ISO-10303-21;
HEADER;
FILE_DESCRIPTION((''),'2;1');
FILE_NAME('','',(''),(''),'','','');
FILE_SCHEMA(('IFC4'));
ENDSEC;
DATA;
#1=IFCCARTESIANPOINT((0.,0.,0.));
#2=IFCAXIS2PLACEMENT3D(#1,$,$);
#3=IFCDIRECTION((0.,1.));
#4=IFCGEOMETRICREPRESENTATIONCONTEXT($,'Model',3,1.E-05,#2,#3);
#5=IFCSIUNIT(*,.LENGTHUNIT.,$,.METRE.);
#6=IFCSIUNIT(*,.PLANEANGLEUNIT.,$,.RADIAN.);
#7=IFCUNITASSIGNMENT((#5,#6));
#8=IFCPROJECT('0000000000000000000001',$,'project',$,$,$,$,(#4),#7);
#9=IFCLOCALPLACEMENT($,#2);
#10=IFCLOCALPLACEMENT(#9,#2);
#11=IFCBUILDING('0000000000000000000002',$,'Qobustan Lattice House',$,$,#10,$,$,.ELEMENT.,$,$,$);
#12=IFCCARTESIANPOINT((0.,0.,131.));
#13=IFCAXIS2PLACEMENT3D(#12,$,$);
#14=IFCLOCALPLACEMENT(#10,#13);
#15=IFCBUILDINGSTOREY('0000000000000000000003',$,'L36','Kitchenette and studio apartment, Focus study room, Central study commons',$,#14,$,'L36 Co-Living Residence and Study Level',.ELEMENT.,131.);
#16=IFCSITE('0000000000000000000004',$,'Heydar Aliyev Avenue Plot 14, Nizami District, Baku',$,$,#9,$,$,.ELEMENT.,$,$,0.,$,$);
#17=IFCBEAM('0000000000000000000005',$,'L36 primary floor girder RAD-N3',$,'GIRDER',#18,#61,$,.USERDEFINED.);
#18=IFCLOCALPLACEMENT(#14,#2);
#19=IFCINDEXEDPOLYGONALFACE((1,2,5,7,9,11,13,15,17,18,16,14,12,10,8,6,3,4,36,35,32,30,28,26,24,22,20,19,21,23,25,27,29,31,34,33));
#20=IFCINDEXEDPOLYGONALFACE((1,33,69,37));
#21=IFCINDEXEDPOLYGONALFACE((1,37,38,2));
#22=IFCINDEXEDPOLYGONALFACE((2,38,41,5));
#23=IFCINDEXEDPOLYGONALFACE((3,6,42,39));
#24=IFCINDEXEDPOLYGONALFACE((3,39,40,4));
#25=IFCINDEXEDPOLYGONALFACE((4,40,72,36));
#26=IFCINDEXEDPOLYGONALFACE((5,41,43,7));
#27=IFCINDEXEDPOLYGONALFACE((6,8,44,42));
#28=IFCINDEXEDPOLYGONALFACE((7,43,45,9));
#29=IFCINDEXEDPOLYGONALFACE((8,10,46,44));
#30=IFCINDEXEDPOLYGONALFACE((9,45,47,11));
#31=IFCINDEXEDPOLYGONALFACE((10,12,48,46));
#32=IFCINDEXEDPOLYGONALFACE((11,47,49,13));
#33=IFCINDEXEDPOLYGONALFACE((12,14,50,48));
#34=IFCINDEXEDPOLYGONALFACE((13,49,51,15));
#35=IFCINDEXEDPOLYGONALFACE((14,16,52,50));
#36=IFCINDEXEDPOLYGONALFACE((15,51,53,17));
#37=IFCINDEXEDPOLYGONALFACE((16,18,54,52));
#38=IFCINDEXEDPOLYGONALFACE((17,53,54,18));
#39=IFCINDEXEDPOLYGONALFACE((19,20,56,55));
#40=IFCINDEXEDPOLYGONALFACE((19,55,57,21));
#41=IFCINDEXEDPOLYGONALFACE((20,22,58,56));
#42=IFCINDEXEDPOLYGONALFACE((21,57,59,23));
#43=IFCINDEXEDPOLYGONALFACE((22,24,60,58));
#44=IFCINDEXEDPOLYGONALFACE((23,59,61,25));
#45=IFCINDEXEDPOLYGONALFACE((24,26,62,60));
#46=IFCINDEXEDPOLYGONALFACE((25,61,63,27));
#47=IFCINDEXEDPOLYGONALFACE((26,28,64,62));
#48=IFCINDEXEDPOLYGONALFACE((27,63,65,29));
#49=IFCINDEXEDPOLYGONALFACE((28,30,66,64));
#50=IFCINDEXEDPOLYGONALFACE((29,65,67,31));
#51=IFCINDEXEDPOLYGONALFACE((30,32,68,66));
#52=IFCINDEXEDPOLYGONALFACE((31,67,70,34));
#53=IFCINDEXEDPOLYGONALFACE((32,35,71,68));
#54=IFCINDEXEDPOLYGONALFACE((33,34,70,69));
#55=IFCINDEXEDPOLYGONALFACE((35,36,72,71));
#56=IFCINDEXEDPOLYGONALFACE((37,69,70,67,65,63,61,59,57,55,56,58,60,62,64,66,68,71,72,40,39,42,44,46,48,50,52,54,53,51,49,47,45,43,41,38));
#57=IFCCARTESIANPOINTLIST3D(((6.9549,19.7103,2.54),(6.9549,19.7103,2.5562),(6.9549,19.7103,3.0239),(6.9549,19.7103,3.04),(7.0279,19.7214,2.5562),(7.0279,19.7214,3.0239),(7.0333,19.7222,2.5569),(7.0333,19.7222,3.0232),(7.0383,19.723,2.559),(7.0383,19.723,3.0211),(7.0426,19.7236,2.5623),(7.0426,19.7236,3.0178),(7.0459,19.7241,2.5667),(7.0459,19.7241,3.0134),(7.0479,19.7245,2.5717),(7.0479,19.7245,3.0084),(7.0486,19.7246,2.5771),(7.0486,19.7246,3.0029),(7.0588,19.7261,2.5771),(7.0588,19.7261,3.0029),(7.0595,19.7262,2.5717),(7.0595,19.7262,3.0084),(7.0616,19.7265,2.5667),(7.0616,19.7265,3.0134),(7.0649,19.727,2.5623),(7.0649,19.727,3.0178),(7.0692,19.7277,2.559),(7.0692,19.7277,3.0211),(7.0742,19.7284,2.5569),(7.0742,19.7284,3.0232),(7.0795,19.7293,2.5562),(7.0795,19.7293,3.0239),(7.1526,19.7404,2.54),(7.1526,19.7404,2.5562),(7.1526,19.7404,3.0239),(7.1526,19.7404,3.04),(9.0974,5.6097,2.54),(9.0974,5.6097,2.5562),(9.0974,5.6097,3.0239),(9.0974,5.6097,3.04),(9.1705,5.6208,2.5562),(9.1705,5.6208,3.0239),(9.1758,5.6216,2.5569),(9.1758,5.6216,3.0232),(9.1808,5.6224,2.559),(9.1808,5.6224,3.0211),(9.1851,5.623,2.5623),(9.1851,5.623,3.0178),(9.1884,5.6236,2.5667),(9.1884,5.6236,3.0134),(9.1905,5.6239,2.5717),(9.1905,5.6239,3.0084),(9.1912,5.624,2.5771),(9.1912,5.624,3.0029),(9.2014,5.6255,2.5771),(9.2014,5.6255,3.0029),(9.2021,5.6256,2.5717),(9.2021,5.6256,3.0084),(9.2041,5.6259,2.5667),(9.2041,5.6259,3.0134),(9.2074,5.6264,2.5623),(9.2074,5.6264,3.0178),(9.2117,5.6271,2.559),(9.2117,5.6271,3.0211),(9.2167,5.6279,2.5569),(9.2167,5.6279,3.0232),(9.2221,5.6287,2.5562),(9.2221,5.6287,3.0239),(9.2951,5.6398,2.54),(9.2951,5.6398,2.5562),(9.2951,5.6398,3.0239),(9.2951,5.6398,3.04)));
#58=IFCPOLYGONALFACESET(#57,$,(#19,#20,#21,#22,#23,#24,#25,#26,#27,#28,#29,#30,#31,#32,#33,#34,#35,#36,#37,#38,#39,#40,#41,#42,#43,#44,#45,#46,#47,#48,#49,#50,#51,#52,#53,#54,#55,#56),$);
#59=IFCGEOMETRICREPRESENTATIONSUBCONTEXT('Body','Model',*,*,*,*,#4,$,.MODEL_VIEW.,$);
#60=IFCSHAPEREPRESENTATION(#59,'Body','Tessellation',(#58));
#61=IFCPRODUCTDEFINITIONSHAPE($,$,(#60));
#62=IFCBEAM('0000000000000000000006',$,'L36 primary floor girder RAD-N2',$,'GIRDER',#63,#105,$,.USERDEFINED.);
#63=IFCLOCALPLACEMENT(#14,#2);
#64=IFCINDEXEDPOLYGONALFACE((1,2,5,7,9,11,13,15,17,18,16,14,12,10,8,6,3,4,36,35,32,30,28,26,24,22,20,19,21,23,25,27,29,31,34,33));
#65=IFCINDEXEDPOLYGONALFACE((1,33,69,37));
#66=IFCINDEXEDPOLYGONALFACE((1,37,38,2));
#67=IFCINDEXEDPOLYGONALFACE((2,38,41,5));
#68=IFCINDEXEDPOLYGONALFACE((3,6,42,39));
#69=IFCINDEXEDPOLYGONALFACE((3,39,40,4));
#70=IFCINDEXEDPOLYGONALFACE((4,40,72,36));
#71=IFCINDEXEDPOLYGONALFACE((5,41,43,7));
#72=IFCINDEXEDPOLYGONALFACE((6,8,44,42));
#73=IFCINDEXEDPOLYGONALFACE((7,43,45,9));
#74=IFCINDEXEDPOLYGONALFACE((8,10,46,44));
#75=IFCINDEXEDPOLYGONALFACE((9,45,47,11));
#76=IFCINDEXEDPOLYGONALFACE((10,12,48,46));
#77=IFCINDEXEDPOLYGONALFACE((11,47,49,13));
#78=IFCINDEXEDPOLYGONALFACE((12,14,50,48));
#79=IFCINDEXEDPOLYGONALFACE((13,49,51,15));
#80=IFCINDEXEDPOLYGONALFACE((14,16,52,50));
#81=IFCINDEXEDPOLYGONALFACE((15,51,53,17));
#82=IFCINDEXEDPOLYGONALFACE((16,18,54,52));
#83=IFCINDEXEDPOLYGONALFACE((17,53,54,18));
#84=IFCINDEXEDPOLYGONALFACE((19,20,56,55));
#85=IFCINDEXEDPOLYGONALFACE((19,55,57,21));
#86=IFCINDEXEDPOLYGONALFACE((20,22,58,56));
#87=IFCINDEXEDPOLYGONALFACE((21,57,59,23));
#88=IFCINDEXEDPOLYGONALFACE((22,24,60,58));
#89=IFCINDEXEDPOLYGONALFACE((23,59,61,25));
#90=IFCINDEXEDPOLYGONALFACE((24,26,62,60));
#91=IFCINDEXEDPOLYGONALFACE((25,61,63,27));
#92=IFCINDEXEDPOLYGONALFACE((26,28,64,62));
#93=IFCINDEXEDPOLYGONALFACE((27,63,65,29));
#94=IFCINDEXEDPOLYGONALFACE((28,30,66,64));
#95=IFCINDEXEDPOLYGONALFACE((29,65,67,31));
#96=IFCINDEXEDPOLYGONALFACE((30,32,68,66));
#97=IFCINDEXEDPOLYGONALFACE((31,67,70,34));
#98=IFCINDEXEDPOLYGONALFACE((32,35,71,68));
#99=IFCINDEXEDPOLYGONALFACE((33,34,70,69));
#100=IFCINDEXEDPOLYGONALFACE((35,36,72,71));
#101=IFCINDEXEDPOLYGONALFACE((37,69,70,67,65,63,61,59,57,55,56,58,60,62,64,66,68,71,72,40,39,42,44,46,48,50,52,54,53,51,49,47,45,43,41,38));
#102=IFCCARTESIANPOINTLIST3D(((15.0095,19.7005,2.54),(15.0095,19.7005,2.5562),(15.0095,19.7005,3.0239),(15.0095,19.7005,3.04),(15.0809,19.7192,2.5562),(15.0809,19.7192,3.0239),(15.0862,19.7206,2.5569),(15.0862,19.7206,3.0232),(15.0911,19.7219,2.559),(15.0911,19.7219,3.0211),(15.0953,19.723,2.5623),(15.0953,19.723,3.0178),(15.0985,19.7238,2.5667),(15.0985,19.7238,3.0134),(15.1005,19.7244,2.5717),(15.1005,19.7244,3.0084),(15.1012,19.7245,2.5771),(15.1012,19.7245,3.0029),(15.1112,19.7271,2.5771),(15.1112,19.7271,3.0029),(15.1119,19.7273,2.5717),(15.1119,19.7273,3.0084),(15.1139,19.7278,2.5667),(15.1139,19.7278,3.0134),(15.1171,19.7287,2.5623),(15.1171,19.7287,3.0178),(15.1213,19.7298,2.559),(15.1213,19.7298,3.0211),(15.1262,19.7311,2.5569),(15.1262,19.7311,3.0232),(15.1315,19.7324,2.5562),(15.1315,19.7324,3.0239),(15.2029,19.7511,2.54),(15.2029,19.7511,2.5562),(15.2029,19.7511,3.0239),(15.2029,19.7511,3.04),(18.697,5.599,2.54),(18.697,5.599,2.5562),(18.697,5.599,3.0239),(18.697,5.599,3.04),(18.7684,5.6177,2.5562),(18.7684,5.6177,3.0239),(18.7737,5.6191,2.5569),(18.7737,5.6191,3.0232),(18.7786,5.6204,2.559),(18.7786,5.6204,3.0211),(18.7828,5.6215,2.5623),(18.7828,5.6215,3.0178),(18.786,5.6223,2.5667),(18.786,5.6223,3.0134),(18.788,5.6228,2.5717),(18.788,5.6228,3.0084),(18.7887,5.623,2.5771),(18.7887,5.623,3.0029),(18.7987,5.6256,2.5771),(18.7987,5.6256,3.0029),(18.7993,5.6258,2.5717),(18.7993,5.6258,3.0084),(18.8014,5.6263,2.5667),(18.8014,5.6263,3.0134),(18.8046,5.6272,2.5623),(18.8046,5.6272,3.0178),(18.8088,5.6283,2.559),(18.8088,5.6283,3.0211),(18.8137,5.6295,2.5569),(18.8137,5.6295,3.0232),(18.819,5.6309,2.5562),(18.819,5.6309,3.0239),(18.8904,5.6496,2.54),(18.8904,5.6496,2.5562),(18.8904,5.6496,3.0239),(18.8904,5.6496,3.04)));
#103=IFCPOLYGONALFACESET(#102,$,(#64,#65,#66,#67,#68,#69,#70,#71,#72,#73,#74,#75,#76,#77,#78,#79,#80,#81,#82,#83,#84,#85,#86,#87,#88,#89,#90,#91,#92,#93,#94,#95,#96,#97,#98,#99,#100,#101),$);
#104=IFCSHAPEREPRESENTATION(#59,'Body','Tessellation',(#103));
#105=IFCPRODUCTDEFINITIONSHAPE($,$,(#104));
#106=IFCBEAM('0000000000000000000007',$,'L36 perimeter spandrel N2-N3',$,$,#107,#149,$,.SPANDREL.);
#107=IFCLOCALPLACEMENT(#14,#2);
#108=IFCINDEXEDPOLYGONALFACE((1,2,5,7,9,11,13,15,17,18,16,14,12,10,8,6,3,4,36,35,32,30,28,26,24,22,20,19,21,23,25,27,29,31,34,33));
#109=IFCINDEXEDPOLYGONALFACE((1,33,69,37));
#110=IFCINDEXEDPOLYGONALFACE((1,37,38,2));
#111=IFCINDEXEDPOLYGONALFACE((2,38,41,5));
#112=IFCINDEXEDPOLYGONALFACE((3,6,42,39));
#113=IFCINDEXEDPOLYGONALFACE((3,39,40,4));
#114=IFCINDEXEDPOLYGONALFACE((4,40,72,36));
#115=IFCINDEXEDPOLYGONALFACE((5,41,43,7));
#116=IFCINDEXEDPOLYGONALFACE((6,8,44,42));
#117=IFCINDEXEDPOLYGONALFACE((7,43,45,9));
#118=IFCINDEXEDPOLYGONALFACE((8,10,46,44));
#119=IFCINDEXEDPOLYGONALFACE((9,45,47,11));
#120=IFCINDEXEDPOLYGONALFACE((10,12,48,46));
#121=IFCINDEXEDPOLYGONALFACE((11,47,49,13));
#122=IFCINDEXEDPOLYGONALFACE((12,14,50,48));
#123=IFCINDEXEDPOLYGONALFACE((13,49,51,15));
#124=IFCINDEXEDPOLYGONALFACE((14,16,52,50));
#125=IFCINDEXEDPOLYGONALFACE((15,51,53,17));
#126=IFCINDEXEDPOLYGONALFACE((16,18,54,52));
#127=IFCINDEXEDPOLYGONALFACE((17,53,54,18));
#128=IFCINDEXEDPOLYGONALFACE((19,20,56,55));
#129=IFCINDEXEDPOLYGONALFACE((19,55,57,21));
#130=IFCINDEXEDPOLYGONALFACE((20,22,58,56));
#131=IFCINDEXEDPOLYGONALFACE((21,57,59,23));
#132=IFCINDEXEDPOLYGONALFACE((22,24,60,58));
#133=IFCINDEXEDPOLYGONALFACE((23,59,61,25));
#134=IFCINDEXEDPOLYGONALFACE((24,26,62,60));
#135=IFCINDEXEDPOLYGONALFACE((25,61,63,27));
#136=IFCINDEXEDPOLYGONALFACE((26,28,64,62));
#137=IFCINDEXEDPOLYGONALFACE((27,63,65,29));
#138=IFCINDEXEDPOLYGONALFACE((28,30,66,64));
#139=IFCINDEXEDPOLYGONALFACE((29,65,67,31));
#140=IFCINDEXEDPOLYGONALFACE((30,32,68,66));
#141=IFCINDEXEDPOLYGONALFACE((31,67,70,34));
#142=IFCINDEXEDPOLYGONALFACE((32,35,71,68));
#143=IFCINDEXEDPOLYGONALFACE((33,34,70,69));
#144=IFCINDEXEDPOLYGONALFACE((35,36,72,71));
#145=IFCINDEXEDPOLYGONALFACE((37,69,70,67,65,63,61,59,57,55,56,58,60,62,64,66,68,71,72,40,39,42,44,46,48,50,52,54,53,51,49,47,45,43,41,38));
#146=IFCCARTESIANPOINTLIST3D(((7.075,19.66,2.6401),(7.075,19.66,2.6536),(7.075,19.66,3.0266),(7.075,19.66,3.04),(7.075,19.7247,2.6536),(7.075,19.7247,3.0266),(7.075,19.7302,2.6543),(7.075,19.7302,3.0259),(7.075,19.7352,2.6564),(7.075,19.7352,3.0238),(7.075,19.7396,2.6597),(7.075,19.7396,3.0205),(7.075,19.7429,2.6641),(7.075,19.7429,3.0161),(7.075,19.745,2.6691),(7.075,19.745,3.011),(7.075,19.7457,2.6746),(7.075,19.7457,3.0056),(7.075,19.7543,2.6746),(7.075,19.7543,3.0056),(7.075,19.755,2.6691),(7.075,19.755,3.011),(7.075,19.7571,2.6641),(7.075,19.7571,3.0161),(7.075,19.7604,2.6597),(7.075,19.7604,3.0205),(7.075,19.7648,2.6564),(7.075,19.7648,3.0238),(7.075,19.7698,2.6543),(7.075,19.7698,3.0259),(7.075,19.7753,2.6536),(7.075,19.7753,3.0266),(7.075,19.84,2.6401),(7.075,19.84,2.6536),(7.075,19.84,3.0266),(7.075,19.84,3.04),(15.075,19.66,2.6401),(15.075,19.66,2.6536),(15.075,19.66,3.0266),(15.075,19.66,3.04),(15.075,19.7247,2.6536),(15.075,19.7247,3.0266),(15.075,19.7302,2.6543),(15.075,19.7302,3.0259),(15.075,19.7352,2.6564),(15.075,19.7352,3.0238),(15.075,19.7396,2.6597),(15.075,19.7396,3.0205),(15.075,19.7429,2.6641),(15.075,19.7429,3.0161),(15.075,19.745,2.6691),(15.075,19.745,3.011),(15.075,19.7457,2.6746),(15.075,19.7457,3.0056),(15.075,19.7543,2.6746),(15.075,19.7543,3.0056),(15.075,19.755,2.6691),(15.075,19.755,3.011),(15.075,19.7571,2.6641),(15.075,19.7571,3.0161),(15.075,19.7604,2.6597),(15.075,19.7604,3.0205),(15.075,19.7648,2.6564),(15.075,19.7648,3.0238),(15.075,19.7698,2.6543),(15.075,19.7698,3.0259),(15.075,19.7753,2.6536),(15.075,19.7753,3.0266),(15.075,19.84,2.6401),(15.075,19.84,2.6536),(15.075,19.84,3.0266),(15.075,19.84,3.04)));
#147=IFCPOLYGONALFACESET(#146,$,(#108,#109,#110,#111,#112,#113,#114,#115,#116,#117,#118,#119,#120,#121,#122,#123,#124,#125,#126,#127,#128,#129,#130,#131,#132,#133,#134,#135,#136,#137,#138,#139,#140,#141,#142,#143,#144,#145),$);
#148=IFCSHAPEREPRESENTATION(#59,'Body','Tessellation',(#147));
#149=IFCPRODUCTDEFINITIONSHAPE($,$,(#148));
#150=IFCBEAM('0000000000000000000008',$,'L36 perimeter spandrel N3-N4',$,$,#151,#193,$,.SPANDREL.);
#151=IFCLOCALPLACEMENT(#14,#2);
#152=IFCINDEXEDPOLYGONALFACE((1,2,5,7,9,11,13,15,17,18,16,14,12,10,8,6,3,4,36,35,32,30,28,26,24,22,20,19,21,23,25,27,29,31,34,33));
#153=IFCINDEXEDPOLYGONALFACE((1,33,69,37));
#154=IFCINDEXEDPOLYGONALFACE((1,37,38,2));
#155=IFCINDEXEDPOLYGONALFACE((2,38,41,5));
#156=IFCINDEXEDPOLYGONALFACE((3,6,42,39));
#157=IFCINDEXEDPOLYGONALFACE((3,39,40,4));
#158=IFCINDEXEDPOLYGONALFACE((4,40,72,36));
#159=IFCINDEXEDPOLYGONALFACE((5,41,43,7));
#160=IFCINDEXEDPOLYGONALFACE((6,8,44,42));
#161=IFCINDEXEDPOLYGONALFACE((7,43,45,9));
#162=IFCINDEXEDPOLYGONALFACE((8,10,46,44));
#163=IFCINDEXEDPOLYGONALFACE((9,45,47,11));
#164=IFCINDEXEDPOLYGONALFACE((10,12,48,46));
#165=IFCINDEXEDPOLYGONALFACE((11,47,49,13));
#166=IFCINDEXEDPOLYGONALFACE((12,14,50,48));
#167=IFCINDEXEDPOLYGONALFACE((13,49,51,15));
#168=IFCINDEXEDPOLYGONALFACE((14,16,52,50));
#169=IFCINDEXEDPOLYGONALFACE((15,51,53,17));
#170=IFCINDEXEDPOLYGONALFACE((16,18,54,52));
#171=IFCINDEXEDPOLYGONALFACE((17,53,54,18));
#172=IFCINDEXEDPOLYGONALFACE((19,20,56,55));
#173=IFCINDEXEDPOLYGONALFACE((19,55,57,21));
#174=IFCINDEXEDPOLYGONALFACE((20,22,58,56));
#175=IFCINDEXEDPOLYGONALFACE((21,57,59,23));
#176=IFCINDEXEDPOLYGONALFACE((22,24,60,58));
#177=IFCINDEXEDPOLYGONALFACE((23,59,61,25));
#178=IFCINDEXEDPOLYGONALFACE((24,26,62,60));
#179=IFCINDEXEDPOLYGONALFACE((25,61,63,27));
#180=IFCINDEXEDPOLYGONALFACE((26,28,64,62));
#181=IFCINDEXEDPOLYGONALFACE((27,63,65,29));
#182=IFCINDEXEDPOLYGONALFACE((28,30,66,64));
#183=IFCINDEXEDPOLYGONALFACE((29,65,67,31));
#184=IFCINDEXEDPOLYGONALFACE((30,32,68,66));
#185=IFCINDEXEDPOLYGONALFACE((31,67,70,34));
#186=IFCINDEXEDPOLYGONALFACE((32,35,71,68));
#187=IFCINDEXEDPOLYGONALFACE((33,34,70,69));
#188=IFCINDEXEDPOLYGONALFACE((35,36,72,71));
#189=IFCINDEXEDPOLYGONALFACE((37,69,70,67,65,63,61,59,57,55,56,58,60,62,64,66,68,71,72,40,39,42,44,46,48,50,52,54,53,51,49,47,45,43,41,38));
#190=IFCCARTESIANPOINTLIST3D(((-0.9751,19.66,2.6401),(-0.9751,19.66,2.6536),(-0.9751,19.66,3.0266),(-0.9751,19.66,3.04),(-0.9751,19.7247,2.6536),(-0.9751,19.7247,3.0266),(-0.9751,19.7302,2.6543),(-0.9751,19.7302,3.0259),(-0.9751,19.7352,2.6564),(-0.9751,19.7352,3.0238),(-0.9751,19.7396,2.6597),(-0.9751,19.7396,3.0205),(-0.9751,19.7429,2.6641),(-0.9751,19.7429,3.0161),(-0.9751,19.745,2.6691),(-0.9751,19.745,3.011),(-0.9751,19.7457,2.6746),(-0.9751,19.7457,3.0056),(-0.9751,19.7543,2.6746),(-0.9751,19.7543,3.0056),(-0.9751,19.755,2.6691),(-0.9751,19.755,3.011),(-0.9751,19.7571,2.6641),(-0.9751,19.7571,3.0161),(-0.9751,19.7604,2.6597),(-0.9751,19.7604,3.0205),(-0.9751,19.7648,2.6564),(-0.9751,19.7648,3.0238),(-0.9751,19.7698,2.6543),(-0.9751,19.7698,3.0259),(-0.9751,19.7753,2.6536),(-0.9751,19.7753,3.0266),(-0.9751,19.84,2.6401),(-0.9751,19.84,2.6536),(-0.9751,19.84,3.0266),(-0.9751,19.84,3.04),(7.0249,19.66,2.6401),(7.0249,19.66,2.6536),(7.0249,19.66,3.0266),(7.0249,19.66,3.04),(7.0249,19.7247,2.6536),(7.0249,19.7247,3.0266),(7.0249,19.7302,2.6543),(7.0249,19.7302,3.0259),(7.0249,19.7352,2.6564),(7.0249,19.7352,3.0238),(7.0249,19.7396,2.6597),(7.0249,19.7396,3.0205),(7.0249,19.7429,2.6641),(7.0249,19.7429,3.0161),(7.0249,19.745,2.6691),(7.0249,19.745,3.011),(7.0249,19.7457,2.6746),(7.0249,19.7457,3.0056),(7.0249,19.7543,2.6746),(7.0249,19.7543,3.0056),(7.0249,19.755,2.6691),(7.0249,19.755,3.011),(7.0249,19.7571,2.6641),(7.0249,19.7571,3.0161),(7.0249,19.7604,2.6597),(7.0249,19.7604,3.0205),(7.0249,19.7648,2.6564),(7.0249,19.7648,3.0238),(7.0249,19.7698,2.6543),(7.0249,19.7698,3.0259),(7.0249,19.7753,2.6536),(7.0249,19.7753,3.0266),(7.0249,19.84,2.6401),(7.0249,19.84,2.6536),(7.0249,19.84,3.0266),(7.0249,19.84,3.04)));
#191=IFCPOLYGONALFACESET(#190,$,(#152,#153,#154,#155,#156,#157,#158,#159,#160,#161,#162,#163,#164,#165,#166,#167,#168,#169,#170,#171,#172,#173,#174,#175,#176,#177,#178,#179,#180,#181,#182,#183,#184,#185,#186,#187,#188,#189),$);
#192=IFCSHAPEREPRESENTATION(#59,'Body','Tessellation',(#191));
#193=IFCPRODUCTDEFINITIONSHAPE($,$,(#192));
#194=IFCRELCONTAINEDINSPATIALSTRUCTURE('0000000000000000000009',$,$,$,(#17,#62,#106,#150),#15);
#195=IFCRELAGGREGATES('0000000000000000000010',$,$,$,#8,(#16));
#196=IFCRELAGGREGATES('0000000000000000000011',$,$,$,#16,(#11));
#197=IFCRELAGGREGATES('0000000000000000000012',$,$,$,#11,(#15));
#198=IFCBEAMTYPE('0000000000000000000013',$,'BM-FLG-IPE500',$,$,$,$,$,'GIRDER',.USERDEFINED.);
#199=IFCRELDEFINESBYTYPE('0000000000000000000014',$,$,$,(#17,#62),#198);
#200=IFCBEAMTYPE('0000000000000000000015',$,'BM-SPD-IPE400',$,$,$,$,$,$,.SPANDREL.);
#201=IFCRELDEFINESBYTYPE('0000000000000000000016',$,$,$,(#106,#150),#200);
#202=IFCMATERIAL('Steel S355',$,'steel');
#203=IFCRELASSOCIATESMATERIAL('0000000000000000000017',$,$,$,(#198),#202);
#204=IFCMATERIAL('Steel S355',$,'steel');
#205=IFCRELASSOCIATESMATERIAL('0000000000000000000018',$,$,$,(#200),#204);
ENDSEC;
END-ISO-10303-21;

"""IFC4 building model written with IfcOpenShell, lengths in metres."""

from ifc_helpers import new_model, si_unit, direction, frame, origin, origin_2d, place, context, subcontext, project, spatial, i_section, extrude, material, material_profile, profile_set, type_object, element, save


model = new_model("IFC4")

# Units and contexts
model_context = context("Model", 3, precision=1e-05, world=origin(), true_north=direction((0.0, 1.0)))
body_context = subcontext(model_context, "Body", "Model", "MODEL_VIEW")
ifc_project = project(units=[si_unit("LENGTHUNIT", "METRE"), si_unit("PLANEANGLEUNIT", "RADIAN")], contexts=[model_context])

# Site, building, storey
site_placement = place(None, origin())
site = spatial("IfcSite", under=ifc_project, at=site_placement, Name="Heydar Aliyev Avenue Plot 14, Nizami District, Baku", CompositionType="ELEMENT", RefElevation=0.0)
building_placement = place(site_placement, origin())
building = spatial("IfcBuilding", under=site, at=building_placement, Name="Qobustan Lattice House", CompositionType="ELEMENT")
storey_placement = place(building_placement, frame((0.0, 0.0, 131.0)))
storey = spatial("IfcBuildingStorey", under=building, at=storey_placement, Name="L36", Description="Kitchenette and studio apartment, Focus study room, Central study commons", LongName="L36 Co-Living Residence and Study Level", CompositionType="ELEMENT", Elevation=131.0)

# Beams
ifc_material_1 = material(Name="Steel S355", Category="steel")
ifc_material_profile_1 = material_profile(ifc_material_1, i_section(OverallWidth=0.2, OverallDepth=0.5, WebThickness=0.0103, FlangeThickness=0.0161, FilletRadius=0.021, at=origin_2d()), Name="IPE500")
ifc_profile_set_1 = profile_set([ifc_material_profile_1], Name="Steel S355")
beam_type_1 = type_object("IfcBeamType", Name="BM-FLG-IPE500", ElementType="GIRDER", PredefinedType="USERDEFINED", material=ifc_profile_set_1)
beam_1_placement = place(storey_placement, frame((7.0537, 19.7253, 2.79), z_axis=(0.150225, -0.988652, 0.0), x_axis=(0.988652, 0.150225, 0.0)))
element("IfcBeam", 1, at=beam_1_placement, inside=storey, type_object=beam_type_1, Name="L36 primary floor girder RAD-N3", ObjectType="GIRDER", PredefinedType="USERDEFINED", context=body_context, shape_type="SweptSolid", body=[
    extrude(i_section(OverallWidth=0.2, OverallDepth=0.5, WebThickness=0.0103, FlangeThickness=0.0161, FilletRadius=0.021, at=origin_2d()), origin(), (0.0, 0.0, 1.0), 14.2625),
])
beam_2_placement = place(storey_placement, frame((15.1062, 19.7258, 2.79), z_axis=(0.252989, -0.967469, 0.0), x_axis=(0.967469, 0.252989, 0.0)))
element("IfcBeam", 2, at=beam_2_placement, inside=storey, type_object=beam_type_1, Name="L36 primary floor girder RAD-N2", ObjectType="GIRDER", PredefinedType="USERDEFINED", context=body_context, shape_type="SweptSolid", body=[
    extrude(i_section(OverallWidth=0.2, OverallDepth=0.5, WebThickness=0.0103, FlangeThickness=0.0161, FilletRadius=0.021, at=origin_2d()), origin(), (0.0, 0.0, 1.0), 14.5757),
])
ifc_material_2 = material(Name="Steel S355", Category="steel")
ifc_material_profile_2 = material_profile(ifc_material_2, i_section(OverallWidth=0.1799, OverallDepth=0.3999, WebThickness=0.0085, FlangeThickness=0.0134, FilletRadius=0.021, at=origin_2d()), Name="IPE400")
ifc_profile_set_2 = profile_set([ifc_material_profile_2], Name="Steel S355")
beam_type_2 = type_object("IfcBeamType", Name="BM-SPD-IPE400", PredefinedType="SPANDREL", material=ifc_profile_set_2)
for number, where, z_axis, x_axis, name in (
    (3, (15.075, 19.75, 2.8401), (-1.0, 0.0, 0.0), (0.0, -1.0, 0.0), "L36 perimeter spandrel N2-N3"),
    (4, (7.0249, 19.75, 2.8401), (-1.0, 0.0, 0.0), (0.0, -1.0, 0.0), "L36 perimeter spandrel N3-N4"),
):
    element("IfcBeam", number, at=place(storey_placement, frame(where, z_axis=z_axis, x_axis=x_axis)), inside=storey, type_object=beam_type_2, Name=name, PredefinedType="SPANDREL", context=body_context, shape_type="SweptSolid", body=[
        extrude(i_section(OverallWidth=0.1799, OverallDepth=0.3999, WebThickness=0.0085, FlangeThickness=0.0134, FilletRadius=0.021, at=origin_2d()), origin(), (0.0, 0.0, 1.0), 8.0),
    ])

save(model, "model.ifc")
